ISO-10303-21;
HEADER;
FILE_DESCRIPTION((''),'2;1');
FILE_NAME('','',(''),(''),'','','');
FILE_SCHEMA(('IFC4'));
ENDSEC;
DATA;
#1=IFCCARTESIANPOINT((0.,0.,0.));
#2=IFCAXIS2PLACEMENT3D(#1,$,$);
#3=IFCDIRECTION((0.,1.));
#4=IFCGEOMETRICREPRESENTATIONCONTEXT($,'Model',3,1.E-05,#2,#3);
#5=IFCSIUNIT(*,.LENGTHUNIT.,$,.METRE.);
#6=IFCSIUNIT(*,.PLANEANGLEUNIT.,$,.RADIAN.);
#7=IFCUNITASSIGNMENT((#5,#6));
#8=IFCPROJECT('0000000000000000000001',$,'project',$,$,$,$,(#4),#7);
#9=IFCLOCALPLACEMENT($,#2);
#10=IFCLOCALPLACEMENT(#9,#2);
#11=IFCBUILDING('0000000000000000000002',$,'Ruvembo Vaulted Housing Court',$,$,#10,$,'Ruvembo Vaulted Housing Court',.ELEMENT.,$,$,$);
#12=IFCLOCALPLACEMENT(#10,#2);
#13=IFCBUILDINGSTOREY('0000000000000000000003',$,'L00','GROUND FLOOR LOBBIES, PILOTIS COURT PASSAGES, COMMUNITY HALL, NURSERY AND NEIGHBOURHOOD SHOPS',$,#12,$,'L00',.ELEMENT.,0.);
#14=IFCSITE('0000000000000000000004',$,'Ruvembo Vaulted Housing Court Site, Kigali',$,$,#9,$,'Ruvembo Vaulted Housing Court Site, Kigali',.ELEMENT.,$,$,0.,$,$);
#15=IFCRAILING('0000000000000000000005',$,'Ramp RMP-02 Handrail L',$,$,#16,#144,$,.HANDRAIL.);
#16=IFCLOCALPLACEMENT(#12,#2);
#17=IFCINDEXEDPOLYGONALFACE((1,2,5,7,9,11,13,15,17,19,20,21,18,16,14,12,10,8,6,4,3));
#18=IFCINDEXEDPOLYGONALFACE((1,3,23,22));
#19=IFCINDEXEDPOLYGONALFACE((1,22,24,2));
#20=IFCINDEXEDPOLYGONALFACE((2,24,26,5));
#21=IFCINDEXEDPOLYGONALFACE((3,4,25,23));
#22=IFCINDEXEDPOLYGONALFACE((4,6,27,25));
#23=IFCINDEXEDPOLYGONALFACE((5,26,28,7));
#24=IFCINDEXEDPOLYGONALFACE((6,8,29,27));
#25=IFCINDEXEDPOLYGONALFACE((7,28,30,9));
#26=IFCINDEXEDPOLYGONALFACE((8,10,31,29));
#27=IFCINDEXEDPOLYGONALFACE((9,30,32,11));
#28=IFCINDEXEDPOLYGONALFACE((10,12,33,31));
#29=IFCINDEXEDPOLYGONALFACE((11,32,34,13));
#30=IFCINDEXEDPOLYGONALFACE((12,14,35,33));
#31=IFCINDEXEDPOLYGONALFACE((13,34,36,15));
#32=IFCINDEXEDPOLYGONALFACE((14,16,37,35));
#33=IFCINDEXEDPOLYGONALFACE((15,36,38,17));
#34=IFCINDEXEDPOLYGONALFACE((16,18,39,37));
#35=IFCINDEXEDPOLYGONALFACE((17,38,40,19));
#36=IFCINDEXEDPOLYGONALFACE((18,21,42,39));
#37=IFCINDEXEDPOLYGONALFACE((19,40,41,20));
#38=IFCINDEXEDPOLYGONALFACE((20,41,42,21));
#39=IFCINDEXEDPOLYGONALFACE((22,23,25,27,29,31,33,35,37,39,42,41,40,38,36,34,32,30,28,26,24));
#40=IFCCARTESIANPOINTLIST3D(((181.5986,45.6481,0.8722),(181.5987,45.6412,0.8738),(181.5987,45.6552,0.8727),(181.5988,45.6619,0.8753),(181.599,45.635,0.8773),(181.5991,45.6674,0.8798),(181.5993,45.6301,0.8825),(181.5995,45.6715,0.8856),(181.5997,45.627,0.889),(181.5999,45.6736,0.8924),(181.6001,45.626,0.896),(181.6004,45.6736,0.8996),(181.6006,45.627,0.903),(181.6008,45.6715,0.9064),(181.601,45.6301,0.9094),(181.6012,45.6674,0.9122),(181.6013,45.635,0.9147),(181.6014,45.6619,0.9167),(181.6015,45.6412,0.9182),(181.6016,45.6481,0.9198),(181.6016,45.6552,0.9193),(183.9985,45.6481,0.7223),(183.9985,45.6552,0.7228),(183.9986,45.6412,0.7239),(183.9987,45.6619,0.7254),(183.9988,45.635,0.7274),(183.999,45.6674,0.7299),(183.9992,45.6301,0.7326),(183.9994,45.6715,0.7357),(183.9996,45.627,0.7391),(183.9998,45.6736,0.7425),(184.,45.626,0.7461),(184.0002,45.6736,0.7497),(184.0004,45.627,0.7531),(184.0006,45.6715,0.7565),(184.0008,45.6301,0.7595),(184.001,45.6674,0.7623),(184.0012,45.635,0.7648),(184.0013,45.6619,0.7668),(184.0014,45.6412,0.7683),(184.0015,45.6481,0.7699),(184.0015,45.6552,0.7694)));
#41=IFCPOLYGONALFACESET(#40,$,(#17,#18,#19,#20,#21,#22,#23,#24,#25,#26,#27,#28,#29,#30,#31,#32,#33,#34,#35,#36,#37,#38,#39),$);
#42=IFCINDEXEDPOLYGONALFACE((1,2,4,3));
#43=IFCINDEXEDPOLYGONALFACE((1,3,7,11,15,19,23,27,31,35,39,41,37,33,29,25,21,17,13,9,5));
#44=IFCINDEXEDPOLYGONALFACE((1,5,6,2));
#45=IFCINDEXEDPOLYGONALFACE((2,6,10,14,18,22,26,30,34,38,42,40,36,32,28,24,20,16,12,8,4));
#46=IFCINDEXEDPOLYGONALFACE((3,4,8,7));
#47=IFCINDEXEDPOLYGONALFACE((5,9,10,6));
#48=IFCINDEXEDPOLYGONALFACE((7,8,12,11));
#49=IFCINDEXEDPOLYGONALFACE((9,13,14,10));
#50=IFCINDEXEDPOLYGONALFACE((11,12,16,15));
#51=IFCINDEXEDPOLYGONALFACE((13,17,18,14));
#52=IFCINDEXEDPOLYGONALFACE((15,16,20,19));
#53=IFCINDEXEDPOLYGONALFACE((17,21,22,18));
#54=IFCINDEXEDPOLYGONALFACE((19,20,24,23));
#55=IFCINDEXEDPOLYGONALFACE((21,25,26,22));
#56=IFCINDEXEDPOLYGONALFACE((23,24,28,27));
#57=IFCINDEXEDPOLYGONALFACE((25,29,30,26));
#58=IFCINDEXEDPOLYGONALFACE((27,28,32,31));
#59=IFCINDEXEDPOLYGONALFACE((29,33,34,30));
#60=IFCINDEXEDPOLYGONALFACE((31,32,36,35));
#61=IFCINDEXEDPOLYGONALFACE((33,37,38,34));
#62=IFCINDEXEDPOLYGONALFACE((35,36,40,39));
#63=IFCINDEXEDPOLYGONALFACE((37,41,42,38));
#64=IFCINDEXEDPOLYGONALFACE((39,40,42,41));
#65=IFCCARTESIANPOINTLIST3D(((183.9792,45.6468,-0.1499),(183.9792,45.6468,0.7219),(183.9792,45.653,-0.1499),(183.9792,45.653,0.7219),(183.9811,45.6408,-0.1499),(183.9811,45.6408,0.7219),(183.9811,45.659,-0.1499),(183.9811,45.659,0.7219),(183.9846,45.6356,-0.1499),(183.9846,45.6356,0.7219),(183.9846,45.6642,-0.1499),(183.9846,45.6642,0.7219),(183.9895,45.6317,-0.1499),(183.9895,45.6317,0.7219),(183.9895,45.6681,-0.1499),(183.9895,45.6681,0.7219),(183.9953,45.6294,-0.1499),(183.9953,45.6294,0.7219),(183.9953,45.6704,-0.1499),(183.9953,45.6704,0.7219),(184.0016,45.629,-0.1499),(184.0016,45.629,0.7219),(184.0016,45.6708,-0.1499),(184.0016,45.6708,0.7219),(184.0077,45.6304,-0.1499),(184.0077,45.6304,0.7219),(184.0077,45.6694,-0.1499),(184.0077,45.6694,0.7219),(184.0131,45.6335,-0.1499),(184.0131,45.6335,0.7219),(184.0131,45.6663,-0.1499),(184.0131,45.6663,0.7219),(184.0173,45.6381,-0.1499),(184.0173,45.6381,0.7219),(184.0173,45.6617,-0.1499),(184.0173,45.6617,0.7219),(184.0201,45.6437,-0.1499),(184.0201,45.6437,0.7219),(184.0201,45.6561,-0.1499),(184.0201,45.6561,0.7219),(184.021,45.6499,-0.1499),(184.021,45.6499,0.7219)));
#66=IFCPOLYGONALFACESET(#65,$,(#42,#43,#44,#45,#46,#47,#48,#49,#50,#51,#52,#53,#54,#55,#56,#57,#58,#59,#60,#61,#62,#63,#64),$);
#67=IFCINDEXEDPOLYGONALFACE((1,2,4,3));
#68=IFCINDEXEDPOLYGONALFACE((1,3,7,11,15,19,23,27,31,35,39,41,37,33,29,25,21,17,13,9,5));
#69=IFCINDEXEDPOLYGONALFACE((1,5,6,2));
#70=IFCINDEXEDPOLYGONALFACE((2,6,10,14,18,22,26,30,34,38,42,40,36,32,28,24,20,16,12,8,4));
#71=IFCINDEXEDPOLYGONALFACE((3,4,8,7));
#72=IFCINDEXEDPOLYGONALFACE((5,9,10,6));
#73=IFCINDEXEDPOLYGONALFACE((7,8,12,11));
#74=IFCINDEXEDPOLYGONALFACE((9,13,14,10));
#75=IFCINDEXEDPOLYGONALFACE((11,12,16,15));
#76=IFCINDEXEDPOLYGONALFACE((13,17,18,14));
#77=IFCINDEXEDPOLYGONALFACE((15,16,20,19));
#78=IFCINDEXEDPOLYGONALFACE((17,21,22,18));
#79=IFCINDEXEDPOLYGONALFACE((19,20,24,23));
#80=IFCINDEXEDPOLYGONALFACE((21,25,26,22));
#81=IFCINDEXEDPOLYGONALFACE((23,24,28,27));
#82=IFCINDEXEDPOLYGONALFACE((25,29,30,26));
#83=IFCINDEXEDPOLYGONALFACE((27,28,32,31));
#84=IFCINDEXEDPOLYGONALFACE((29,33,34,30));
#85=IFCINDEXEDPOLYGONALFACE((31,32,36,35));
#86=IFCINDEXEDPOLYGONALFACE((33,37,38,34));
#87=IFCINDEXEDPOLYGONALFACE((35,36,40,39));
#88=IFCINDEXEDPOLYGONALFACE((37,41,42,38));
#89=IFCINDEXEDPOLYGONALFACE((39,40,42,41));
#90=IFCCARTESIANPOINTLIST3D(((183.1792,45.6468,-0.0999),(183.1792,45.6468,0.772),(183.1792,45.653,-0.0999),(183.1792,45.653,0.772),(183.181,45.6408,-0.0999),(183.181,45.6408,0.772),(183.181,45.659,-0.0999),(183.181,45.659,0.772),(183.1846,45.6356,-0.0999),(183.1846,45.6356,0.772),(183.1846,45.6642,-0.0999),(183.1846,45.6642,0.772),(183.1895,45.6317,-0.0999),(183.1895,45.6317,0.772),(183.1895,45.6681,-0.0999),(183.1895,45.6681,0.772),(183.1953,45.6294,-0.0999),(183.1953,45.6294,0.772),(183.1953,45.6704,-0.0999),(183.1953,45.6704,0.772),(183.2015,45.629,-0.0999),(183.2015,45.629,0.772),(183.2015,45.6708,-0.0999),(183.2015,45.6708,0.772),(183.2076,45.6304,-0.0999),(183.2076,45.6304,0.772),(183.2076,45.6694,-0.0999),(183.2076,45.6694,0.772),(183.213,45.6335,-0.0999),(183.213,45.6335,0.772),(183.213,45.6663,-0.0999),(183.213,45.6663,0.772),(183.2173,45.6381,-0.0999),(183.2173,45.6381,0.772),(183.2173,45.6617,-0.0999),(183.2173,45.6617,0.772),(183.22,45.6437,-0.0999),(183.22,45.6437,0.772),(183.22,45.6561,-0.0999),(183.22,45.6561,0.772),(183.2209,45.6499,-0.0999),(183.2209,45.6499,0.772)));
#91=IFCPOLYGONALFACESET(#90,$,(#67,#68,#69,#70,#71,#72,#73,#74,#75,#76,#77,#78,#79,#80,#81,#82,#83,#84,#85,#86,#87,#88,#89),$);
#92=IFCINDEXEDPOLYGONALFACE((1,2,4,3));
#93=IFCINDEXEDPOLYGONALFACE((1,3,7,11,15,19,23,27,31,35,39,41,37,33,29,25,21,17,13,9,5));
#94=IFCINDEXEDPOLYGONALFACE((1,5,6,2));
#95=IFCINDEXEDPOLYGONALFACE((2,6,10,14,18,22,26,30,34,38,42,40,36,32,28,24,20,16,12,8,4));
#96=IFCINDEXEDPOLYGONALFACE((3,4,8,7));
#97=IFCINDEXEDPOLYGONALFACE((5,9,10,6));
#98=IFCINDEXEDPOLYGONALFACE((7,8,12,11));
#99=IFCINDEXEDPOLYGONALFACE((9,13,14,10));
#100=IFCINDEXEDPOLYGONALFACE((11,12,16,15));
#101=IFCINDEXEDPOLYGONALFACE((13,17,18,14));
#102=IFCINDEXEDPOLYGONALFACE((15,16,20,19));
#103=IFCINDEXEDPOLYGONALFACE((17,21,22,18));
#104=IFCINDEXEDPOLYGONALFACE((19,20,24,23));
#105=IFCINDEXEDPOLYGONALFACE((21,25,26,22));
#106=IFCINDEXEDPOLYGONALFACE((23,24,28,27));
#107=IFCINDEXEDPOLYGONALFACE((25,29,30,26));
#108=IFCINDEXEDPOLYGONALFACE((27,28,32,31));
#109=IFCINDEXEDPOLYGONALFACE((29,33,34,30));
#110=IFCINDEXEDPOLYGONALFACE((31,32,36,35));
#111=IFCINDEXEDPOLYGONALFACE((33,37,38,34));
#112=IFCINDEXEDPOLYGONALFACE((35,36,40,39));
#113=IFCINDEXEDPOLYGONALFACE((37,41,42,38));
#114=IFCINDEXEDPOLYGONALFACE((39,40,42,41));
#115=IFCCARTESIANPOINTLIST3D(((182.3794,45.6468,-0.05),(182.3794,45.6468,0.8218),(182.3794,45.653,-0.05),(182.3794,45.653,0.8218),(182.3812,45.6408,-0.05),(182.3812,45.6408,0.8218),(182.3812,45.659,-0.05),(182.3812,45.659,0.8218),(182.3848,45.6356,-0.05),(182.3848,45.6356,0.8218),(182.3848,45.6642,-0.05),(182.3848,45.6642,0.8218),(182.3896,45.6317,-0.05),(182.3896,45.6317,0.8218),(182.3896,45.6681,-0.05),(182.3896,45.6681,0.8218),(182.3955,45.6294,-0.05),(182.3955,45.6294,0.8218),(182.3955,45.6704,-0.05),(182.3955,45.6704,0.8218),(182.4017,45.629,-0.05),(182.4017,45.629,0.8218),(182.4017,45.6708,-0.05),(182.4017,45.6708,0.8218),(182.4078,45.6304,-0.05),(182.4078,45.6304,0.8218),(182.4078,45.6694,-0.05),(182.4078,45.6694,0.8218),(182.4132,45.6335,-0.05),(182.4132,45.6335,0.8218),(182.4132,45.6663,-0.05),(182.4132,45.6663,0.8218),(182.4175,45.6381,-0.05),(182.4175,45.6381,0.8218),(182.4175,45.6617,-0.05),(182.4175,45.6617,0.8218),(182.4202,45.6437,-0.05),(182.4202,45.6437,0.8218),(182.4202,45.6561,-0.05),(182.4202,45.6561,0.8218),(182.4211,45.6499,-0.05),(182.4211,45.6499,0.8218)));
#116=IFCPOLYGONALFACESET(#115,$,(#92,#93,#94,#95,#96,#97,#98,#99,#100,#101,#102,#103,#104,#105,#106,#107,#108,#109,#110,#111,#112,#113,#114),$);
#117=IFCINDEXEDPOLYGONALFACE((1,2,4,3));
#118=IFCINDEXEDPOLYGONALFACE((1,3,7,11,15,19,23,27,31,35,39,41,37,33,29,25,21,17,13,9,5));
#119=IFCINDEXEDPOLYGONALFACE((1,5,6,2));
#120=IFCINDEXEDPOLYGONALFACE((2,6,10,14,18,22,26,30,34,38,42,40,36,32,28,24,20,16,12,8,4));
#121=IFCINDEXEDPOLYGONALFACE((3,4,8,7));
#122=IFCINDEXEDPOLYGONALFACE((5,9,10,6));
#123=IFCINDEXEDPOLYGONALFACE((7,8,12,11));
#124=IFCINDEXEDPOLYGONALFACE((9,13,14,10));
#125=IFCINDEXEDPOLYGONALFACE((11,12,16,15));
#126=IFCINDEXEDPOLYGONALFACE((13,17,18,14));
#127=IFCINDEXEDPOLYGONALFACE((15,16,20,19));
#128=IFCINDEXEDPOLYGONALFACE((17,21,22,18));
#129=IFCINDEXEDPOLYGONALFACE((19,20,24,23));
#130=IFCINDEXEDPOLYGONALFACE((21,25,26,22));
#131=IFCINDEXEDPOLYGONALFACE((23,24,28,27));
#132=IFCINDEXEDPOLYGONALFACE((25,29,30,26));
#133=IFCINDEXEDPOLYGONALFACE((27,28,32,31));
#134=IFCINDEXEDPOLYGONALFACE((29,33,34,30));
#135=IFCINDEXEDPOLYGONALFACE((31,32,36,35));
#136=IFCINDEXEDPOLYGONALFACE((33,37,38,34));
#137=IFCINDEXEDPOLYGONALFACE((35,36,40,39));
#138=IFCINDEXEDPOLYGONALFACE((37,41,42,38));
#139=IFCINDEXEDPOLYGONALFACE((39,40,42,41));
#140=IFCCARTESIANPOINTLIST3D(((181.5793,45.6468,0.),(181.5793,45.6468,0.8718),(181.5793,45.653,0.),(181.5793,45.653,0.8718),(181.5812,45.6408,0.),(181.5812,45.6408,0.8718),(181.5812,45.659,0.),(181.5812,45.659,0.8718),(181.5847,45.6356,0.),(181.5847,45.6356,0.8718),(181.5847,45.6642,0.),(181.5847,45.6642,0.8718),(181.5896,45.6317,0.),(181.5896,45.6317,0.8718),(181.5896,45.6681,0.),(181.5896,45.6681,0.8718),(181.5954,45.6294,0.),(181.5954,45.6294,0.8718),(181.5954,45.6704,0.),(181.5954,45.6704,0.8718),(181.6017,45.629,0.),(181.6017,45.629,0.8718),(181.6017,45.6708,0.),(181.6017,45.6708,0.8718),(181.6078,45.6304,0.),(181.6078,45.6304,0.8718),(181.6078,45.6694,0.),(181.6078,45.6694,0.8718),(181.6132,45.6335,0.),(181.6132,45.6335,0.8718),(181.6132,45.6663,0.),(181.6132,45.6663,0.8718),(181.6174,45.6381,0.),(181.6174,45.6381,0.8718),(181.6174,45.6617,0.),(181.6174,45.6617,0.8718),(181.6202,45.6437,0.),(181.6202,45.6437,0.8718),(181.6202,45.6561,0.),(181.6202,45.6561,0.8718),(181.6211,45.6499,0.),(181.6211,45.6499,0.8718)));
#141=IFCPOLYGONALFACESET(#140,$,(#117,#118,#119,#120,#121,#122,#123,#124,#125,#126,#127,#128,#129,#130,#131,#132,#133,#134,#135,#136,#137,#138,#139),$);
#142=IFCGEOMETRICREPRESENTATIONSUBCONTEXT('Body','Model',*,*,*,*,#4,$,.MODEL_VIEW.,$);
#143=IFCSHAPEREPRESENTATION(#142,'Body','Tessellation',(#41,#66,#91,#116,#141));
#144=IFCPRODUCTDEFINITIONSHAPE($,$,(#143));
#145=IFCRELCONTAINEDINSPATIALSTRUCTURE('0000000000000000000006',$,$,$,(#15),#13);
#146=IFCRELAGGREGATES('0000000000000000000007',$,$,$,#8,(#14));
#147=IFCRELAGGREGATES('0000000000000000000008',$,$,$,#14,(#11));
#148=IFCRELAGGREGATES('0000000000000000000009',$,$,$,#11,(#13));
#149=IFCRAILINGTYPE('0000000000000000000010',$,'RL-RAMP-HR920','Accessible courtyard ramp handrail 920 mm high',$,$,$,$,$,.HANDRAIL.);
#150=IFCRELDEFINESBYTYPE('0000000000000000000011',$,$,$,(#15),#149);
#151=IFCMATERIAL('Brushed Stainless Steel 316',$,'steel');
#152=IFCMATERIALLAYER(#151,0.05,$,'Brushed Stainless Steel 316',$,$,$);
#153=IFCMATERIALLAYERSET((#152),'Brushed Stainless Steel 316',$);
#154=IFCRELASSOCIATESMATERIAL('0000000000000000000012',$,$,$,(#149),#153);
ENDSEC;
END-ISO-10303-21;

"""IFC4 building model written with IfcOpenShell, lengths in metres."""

from ifc_helpers import new_model, si_unit, direction, frame, origin, origin_2d, place, context, subcontext, project, spatial, circle, extrude, material, layer, layer_set, type_object, element, save


model = new_model("IFC4")

# Units and contexts
model_context = context("Model", 3, precision=1e-05, world=origin(), true_north=direction((0.0, 1.0)))
body_context = subcontext(model_context, "Body", "Model", "MODEL_VIEW")
ifc_project = project(units=[si_unit("LENGTHUNIT", "METRE"), si_unit("PLANEANGLEUNIT", "RADIAN")], contexts=[model_context])

# Site, building, storey
site_placement = place(None, origin())
site = spatial("IfcSite", under=ifc_project, at=site_placement, Name="Ruvembo Vaulted Housing Court Site, Kigali", LongName="Ruvembo Vaulted Housing Court Site, Kigali", CompositionType="ELEMENT", RefElevation=0.0)
building_placement = place(site_placement, origin())
building = spatial("IfcBuilding", under=site, at=building_placement, Name="Ruvembo Vaulted Housing Court", LongName="Ruvembo Vaulted Housing Court", CompositionType="ELEMENT")
storey_placement = place(building_placement, origin())
storey = spatial("IfcBuildingStorey", under=building, at=storey_placement, Name="L00", Description="GROUND FLOOR LOBBIES, PILOTIS COURT PASSAGES, COMMUNITY HALL, NURSERY AND NEIGHBOURHOOD SHOPS", LongName="L00", CompositionType="ELEMENT", Elevation=0.0)

# Railing
ifc_material_1 = material(Name="Brushed Stainless Steel 316", Category="steel")
ifc_layer_1 = layer(ifc_material_1, 0.05, Name="Brushed Stainless Steel 316")
ifc_layer_set_1 = layer_set([ifc_layer_1], Name="Brushed Stainless Steel 316")
railing_type = type_object("IfcRailingType", Name="RL-RAMP-HR920", Description="Accessible courtyard ramp handrail 920 mm high", PredefinedType="HANDRAIL", material=ifc_layer_set_1)
for number, where, name in (
    (1, (184.0, 45.6499, -0.1499), "Ramp RMP-02 Handrail L"),
):
    element("IfcRailing", number, at=place(storey_placement, frame(where)), inside=storey, type_object=railing_type, Name=name, PredefinedType="HANDRAIL", context=body_context, shape_type="SweptSolid", body=[
        extrude(circle(Radius=0.0239, at=origin_2d()), frame((0.0, 0.0, 0.896), z_axis=(-0.998055, 0.0, 0.06234), x_axis=(0.0, -1.0, 0.0)), (0.0, 0.0, 1.0), 2.4045),
        extrude(circle(Radius=0.021, at=origin_2d()), origin(), (0.0, 0.0, 1.0), 0.8718),
        extrude(circle(Radius=0.021, at=origin_2d()), frame((-0.8, 0.0, 0.05)), (0.0, 0.0, 1.0), 0.8718),
        extrude(circle(Radius=0.021, at=origin_2d()), frame((-1.5999, 0.0, 0.0999)), (0.0, 0.0, 1.0), 0.8718),
        extrude(circle(Radius=0.021, at=origin_2d()), frame((-2.3999, 0.0, 0.1499)), (0.0, 0.0, 1.0), 0.8718),
    ])

save(model, "model.ifc")
